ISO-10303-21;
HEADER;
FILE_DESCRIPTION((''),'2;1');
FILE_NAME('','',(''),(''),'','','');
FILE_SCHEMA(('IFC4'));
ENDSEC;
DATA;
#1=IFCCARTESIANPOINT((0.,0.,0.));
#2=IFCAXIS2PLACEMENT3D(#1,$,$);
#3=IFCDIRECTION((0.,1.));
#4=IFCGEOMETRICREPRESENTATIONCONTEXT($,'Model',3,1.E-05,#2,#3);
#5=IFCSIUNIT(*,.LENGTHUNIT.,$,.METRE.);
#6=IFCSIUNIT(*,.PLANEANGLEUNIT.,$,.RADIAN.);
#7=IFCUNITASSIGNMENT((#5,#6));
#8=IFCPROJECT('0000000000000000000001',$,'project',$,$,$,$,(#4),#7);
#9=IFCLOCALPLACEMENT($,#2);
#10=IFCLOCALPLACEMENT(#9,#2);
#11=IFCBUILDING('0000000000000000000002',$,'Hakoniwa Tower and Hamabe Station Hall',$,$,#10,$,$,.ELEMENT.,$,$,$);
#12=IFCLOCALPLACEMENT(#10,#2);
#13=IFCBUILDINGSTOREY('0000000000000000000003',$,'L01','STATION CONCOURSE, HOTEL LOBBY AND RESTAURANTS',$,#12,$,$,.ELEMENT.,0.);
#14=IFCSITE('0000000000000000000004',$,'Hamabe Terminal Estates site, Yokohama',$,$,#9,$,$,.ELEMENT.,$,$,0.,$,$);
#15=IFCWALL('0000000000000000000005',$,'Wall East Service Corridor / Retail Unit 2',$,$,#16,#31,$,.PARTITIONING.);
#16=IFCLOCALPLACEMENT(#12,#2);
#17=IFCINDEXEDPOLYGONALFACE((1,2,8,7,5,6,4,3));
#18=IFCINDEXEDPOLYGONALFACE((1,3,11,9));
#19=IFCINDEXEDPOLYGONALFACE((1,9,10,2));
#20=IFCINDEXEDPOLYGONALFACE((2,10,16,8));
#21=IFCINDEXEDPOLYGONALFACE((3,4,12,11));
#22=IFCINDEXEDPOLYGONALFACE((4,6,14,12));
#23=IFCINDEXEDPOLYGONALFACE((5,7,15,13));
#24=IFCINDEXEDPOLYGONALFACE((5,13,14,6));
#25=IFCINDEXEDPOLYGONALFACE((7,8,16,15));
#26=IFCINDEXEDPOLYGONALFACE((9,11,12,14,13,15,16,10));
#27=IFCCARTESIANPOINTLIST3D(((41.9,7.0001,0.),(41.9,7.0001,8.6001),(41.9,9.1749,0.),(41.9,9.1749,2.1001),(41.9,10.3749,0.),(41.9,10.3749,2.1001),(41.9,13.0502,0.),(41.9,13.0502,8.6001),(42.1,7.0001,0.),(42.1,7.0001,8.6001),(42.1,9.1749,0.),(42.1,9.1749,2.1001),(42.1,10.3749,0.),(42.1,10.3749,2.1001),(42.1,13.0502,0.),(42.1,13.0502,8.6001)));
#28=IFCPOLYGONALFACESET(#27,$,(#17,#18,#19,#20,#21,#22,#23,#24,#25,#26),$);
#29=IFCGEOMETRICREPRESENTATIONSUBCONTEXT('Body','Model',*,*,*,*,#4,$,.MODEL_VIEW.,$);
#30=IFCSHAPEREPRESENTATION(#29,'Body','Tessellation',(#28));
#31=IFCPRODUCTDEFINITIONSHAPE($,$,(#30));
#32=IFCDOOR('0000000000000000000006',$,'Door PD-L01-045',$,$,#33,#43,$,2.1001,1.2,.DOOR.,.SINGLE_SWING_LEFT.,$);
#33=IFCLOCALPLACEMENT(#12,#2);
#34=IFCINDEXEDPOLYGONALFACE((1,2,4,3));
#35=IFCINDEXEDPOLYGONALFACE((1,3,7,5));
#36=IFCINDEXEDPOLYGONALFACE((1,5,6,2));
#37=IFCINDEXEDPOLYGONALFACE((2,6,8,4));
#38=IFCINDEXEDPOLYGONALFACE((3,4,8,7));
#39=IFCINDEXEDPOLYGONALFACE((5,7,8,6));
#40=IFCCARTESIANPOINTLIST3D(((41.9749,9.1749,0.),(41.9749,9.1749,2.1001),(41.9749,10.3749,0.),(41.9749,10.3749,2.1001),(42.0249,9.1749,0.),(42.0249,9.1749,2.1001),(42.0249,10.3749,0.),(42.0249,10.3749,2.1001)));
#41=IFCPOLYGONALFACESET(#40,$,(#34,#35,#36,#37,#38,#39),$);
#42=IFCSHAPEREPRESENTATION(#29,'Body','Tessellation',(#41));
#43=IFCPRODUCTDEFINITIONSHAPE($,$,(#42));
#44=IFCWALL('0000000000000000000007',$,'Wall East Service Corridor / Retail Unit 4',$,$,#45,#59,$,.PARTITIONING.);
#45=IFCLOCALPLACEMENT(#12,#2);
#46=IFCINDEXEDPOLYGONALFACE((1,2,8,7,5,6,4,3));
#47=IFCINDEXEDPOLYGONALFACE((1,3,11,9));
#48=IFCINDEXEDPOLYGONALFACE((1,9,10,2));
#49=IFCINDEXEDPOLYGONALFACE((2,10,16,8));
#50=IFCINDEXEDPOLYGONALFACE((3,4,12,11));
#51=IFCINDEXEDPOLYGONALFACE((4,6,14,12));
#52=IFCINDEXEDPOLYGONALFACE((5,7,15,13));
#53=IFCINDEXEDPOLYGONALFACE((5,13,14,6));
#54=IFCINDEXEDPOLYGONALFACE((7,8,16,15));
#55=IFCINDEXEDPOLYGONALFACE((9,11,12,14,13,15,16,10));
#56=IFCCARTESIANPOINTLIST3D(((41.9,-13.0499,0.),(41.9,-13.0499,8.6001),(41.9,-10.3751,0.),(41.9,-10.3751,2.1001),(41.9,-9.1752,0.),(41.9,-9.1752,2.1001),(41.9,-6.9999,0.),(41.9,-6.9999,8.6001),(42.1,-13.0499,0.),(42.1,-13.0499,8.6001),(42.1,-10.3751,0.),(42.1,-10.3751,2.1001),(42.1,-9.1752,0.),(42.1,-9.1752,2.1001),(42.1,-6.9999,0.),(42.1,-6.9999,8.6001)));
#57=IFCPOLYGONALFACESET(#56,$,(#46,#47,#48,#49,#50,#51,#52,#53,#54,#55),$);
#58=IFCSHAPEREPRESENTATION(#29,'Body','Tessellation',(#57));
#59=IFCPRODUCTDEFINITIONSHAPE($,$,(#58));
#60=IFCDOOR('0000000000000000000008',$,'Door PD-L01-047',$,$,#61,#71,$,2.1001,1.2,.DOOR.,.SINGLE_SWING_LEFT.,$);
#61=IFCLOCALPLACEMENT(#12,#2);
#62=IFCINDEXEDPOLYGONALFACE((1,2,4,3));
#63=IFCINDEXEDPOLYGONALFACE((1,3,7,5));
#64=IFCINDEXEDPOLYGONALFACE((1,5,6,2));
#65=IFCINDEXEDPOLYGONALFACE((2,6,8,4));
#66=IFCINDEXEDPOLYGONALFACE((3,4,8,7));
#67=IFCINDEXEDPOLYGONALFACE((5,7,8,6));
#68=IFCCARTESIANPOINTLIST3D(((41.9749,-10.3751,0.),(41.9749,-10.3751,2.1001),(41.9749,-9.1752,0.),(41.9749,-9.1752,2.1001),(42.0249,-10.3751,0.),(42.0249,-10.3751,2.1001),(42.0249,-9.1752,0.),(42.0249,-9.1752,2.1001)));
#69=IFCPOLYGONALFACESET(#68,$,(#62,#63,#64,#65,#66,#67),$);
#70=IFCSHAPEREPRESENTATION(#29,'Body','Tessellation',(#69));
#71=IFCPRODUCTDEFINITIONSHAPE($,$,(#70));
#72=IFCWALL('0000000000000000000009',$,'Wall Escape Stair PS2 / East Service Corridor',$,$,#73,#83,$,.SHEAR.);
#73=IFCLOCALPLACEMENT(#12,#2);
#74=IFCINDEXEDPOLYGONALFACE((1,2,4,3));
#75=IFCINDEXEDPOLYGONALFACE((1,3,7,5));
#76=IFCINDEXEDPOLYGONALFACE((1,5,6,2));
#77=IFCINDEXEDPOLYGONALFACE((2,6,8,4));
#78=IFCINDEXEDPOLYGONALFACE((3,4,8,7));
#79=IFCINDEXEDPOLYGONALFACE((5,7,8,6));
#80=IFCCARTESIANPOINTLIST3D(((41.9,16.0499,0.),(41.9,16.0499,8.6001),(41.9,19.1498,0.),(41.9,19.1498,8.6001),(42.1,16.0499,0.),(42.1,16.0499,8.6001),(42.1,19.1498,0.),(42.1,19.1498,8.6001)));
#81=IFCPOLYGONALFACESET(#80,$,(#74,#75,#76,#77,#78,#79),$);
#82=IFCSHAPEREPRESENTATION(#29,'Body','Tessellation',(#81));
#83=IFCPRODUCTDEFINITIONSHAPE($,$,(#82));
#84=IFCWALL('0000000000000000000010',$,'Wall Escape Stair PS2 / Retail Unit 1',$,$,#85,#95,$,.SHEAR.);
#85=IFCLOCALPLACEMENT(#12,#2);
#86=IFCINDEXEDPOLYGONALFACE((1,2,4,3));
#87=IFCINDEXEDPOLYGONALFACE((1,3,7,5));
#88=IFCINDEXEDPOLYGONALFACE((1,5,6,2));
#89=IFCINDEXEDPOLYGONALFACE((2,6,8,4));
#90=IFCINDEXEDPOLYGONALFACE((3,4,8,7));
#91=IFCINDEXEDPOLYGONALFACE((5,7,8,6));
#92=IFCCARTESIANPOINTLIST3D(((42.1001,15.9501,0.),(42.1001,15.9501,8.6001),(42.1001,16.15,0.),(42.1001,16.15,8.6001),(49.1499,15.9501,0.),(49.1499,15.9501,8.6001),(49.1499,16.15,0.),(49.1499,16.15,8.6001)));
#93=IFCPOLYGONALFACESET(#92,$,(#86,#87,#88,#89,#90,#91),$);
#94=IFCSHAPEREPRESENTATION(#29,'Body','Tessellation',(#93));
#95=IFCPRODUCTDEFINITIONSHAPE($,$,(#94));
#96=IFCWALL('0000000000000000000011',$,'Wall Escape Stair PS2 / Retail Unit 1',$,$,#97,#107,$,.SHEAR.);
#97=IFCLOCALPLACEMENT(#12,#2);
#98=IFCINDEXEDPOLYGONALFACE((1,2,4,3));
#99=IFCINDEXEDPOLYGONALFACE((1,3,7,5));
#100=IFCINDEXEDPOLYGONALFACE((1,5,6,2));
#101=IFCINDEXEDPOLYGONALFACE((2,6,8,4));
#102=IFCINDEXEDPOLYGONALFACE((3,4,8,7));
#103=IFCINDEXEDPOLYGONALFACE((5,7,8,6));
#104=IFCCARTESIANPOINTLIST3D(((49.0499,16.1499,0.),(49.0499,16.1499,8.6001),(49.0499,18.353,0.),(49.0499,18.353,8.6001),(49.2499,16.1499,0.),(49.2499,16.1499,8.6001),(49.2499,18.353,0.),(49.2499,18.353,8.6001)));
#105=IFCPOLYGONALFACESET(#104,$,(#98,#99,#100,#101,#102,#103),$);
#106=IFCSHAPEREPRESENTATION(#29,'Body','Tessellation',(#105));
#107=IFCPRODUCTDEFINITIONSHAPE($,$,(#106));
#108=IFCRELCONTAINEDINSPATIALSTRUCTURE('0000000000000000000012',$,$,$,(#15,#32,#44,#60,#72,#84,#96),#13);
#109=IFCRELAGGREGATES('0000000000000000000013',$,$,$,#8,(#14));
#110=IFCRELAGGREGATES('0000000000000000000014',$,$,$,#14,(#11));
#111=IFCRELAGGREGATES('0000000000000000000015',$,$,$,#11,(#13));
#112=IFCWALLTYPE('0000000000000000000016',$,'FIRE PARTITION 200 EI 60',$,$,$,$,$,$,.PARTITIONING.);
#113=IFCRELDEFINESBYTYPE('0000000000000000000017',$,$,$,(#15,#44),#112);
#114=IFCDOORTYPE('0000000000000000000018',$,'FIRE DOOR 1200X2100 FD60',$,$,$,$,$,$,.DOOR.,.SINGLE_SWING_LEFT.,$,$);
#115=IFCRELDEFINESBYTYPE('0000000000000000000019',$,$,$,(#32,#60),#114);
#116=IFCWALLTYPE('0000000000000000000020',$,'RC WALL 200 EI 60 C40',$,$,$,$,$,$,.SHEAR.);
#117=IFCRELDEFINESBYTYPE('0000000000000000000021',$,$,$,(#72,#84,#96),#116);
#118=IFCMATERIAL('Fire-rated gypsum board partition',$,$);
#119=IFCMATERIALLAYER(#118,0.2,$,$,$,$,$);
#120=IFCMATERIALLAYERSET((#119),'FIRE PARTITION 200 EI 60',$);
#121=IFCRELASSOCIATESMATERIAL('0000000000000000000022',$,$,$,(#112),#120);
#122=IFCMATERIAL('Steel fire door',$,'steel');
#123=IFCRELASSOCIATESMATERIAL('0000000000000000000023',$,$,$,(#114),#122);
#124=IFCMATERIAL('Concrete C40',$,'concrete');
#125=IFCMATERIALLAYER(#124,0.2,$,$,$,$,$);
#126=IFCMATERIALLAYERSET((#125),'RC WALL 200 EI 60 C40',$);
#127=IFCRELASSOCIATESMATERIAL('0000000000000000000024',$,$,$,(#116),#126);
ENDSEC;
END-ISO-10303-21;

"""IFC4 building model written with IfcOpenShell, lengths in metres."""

from ifc_helpers import new_model, si_unit, direction, frame, frame_2d, origin, place, context, subcontext, project, spatial, rectangle, extrude, material, layer, layer_set, type_object, element, fill, save


model = new_model("IFC4")

# Units and contexts
model_context = context("Model", 3, precision=1e-05, world=origin(), true_north=direction((0.0, 1.0)))
body_context = subcontext(model_context, "Body", "Model", "MODEL_VIEW")
ifc_project = project(units=[si_unit("LENGTHUNIT", "METRE"), si_unit("PLANEANGLEUNIT", "RADIAN")], contexts=[model_context])

# Site, building, storey
site_placement = place(None, origin())
site = spatial("IfcSite", under=ifc_project, at=site_placement, Name="Hamabe Terminal Estates site, Yokohama", CompositionType="ELEMENT", RefElevation=0.0)
building_placement = place(site_placement, origin())
building = spatial("IfcBuilding", under=site, at=building_placement, Name="Hakoniwa Tower and Hamabe Station Hall", CompositionType="ELEMENT")
storey_placement = place(building_placement, origin())
storey = spatial("IfcBuildingStorey", under=building, at=storey_placement, Name="L01", Description="STATION CONCOURSE, HOTEL LOBBY AND RESTAURANTS", CompositionType="ELEMENT", Elevation=0.0)

# Shared definitions
ifc_material_1 = material(Name="Fire-rated gypsum board partition")
ifc_layer_1 = layer(ifc_material_1, 0.2)
ifc_layer_set_1 = layer_set([ifc_layer_1], Name="FIRE PARTITION 200 EI 60")
wall_type_1 = type_object("IfcWallType", Name="FIRE PARTITION 200 EI 60", PredefinedType="PARTITIONING", material=ifc_layer_set_1)

# Walls, openings, doors
ifc_material_2 = material(Name="Steel fire door", Category="steel")
door_type_1 = type_object("IfcDoorType", Name="FIRE DOOR 1200X2100 FD60", OperationType="SINGLE_SWING_LEFT", PredefinedType="DOOR", material=ifc_material_2)
wall_1_placement = place(storey_placement, frame((42.0, 13.05, 0.0), z_axis=(0.0, 0.0, 1.0), x_axis=(0.0, -1.0, 0.0)))
wall_1 = element("IfcWall", 1, at=wall_1_placement, inside=storey, type_object=wall_type_1, Name="Wall East Service Corridor / Retail Unit 2", PredefinedType="PARTITIONING", context=body_context, shape_type="SweptSolid", body=[
    extrude(rectangle(XDim=6.05, YDim=0.2, at=frame_2d((3.0249, 0.0))), origin(), (0.0, 0.0, 1.0), 8.6001),
])
opening_1_placement = place(wall_1_placement, frame((2.675, 0.0, 0.0)))
opening_1 = element("IfcOpeningElement", 2, at=opening_1_placement, cuts=wall_1, PredefinedType="OPENING", context=body_context, shape_type="SweptSolid", body=[
    extrude(rectangle(XDim=1.2, YDim=2.1001, at=frame_2d((0.6001, 1.05))), frame((0.0, 0.1099, 0.0), z_axis=(0.0, -1.0, 0.0), x_axis=(1.0, 0.0, 0.0)), (0.0, 0.0, 1.0), 0.22),
])
door_1_placement = place(opening_1_placement, origin())
door_1 = element("IfcDoor", 3, at=door_1_placement, inside=storey, type_object=door_type_1, Name="Door PD-L01-045", OperationType="SINGLE_SWING_LEFT", OverallHeight=2.1001, OverallWidth=1.2, PredefinedType="DOOR", context=body_context, shape_type="SweptSolid", body=[
    extrude(rectangle(XDim=1.2, YDim=2.1001, at=frame_2d((0.6001, 1.05))), frame((0.0, 0.0249, 0.0), z_axis=(0.0, -1.0, 0.0), x_axis=(1.0, 0.0, 0.0)), (0.0, 0.0, 1.0), 0.05),
])
fill(opening_1, door_1)
wall_2_placement = place(storey_placement, frame((42.0, -7.0, 0.0), z_axis=(0.0, 0.0, 1.0), x_axis=(0.0, -1.0, 0.0)))
wall_2 = element("IfcWall", 4, at=wall_2_placement, inside=storey, type_object=wall_type_1, Name="Wall East Service Corridor / Retail Unit 4", PredefinedType="PARTITIONING", context=body_context, shape_type="SweptSolid", body=[
    extrude(rectangle(XDim=6.05, YDim=0.2, at=frame_2d((3.0249, 0.0))), origin(), (0.0, 0.0, 1.0), 8.6001),
])
opening_2_placement = place(wall_2_placement, frame((2.175, 0.0, 0.0)))
opening_2 = element("IfcOpeningElement", 5, at=opening_2_placement, cuts=wall_2, PredefinedType="OPENING", context=body_context, shape_type="SweptSolid", body=[
    extrude(rectangle(XDim=1.2, YDim=2.1001, at=frame_2d((0.6001, 1.05))), frame((0.0, 0.1099, 0.0), z_axis=(0.0, -1.0, 0.0), x_axis=(1.0, 0.0, 0.0)), (0.0, 0.0, 1.0), 0.22),
])
door_2_placement = place(opening_2_placement, origin())
door_2 = element("IfcDoor", 6, at=door_2_placement, inside=storey, type_object=door_type_1, Name="Door PD-L01-047", OperationType="SINGLE_SWING_LEFT", OverallHeight=2.1001, OverallWidth=1.2, PredefinedType="DOOR", context=body_context, shape_type="SweptSolid", body=[
    extrude(rectangle(XDim=1.2, YDim=2.1001, at=frame_2d((0.6001, 1.05))), frame((0.0, 0.0249, 0.0), z_axis=(0.0, -1.0, 0.0), x_axis=(1.0, 0.0, 0.0)), (0.0, 0.0, 1.0), 0.05),
])
fill(opening_2, door_2)

# Walls
ifc_material_3 = material(Name="Concrete C40", Category="concrete")
ifc_layer_2 = layer(ifc_material_3, 0.2)
ifc_layer_set_2 = layer_set([ifc_layer_2], Name="RC WALL 200 EI 60 C40")
wall_type_2 = type_object("IfcWallType", Name="RC WALL 200 EI 60 C40", PredefinedType="SHEAR", material=ifc_layer_set_2)
wall_3_placement = place(storey_placement, frame((42.0, 16.05, 0.0), z_axis=(0.0, 0.0, 1.0), x_axis=(0.0, 1.0, 0.0)))
element("IfcWall", 7, at=wall_3_placement, inside=storey, type_object=wall_type_2, Name="Wall Escape Stair PS2 / East Service Corridor", PredefinedType="SHEAR", context=body_context, shape_type="SweptSolid", body=[
    extrude(rectangle(XDim=3.0999, YDim=0.2, at=frame_2d((1.5498, 0.0))), origin(), (0.0, 0.0, 1.0), 8.6001),
])
wall_4_placement = place(storey_placement, frame((49.1499, 16.05, 0.0), z_axis=(0.0, 0.0, 1.0), x_axis=(-1.0, 0.0, 0.0)))
element("IfcWall", 8, at=wall_4_placement, inside=storey, type_object=wall_type_2, Name="Wall Escape Stair PS2 / Retail Unit 1", PredefinedType="SHEAR", context=body_context, shape_type="SweptSolid", body=[
    extrude(rectangle(XDim=7.0498, YDim=0.2, at=frame_2d((3.5249, 0.0))), origin(), (0.0, 0.0, 1.0), 8.6001),
])
wall_5_placement = place(storey_placement, frame((49.1499, 18.353, 0.0), z_axis=(0.0, 0.0, 1.0), x_axis=(0.0, -1.0, 0.0)))
element("IfcWall", 9, at=wall_5_placement, inside=storey, type_object=wall_type_2, Name="Wall Escape Stair PS2 / Retail Unit 1", PredefinedType="SHEAR", context=body_context, shape_type="SweptSolid", body=[
    extrude(rectangle(XDim=2.2031, YDim=0.2, at=frame_2d((1.1016, 0.0))), origin(), (0.0, 0.0, 1.0), 8.6001),
])

save(model, "model.ifc")
